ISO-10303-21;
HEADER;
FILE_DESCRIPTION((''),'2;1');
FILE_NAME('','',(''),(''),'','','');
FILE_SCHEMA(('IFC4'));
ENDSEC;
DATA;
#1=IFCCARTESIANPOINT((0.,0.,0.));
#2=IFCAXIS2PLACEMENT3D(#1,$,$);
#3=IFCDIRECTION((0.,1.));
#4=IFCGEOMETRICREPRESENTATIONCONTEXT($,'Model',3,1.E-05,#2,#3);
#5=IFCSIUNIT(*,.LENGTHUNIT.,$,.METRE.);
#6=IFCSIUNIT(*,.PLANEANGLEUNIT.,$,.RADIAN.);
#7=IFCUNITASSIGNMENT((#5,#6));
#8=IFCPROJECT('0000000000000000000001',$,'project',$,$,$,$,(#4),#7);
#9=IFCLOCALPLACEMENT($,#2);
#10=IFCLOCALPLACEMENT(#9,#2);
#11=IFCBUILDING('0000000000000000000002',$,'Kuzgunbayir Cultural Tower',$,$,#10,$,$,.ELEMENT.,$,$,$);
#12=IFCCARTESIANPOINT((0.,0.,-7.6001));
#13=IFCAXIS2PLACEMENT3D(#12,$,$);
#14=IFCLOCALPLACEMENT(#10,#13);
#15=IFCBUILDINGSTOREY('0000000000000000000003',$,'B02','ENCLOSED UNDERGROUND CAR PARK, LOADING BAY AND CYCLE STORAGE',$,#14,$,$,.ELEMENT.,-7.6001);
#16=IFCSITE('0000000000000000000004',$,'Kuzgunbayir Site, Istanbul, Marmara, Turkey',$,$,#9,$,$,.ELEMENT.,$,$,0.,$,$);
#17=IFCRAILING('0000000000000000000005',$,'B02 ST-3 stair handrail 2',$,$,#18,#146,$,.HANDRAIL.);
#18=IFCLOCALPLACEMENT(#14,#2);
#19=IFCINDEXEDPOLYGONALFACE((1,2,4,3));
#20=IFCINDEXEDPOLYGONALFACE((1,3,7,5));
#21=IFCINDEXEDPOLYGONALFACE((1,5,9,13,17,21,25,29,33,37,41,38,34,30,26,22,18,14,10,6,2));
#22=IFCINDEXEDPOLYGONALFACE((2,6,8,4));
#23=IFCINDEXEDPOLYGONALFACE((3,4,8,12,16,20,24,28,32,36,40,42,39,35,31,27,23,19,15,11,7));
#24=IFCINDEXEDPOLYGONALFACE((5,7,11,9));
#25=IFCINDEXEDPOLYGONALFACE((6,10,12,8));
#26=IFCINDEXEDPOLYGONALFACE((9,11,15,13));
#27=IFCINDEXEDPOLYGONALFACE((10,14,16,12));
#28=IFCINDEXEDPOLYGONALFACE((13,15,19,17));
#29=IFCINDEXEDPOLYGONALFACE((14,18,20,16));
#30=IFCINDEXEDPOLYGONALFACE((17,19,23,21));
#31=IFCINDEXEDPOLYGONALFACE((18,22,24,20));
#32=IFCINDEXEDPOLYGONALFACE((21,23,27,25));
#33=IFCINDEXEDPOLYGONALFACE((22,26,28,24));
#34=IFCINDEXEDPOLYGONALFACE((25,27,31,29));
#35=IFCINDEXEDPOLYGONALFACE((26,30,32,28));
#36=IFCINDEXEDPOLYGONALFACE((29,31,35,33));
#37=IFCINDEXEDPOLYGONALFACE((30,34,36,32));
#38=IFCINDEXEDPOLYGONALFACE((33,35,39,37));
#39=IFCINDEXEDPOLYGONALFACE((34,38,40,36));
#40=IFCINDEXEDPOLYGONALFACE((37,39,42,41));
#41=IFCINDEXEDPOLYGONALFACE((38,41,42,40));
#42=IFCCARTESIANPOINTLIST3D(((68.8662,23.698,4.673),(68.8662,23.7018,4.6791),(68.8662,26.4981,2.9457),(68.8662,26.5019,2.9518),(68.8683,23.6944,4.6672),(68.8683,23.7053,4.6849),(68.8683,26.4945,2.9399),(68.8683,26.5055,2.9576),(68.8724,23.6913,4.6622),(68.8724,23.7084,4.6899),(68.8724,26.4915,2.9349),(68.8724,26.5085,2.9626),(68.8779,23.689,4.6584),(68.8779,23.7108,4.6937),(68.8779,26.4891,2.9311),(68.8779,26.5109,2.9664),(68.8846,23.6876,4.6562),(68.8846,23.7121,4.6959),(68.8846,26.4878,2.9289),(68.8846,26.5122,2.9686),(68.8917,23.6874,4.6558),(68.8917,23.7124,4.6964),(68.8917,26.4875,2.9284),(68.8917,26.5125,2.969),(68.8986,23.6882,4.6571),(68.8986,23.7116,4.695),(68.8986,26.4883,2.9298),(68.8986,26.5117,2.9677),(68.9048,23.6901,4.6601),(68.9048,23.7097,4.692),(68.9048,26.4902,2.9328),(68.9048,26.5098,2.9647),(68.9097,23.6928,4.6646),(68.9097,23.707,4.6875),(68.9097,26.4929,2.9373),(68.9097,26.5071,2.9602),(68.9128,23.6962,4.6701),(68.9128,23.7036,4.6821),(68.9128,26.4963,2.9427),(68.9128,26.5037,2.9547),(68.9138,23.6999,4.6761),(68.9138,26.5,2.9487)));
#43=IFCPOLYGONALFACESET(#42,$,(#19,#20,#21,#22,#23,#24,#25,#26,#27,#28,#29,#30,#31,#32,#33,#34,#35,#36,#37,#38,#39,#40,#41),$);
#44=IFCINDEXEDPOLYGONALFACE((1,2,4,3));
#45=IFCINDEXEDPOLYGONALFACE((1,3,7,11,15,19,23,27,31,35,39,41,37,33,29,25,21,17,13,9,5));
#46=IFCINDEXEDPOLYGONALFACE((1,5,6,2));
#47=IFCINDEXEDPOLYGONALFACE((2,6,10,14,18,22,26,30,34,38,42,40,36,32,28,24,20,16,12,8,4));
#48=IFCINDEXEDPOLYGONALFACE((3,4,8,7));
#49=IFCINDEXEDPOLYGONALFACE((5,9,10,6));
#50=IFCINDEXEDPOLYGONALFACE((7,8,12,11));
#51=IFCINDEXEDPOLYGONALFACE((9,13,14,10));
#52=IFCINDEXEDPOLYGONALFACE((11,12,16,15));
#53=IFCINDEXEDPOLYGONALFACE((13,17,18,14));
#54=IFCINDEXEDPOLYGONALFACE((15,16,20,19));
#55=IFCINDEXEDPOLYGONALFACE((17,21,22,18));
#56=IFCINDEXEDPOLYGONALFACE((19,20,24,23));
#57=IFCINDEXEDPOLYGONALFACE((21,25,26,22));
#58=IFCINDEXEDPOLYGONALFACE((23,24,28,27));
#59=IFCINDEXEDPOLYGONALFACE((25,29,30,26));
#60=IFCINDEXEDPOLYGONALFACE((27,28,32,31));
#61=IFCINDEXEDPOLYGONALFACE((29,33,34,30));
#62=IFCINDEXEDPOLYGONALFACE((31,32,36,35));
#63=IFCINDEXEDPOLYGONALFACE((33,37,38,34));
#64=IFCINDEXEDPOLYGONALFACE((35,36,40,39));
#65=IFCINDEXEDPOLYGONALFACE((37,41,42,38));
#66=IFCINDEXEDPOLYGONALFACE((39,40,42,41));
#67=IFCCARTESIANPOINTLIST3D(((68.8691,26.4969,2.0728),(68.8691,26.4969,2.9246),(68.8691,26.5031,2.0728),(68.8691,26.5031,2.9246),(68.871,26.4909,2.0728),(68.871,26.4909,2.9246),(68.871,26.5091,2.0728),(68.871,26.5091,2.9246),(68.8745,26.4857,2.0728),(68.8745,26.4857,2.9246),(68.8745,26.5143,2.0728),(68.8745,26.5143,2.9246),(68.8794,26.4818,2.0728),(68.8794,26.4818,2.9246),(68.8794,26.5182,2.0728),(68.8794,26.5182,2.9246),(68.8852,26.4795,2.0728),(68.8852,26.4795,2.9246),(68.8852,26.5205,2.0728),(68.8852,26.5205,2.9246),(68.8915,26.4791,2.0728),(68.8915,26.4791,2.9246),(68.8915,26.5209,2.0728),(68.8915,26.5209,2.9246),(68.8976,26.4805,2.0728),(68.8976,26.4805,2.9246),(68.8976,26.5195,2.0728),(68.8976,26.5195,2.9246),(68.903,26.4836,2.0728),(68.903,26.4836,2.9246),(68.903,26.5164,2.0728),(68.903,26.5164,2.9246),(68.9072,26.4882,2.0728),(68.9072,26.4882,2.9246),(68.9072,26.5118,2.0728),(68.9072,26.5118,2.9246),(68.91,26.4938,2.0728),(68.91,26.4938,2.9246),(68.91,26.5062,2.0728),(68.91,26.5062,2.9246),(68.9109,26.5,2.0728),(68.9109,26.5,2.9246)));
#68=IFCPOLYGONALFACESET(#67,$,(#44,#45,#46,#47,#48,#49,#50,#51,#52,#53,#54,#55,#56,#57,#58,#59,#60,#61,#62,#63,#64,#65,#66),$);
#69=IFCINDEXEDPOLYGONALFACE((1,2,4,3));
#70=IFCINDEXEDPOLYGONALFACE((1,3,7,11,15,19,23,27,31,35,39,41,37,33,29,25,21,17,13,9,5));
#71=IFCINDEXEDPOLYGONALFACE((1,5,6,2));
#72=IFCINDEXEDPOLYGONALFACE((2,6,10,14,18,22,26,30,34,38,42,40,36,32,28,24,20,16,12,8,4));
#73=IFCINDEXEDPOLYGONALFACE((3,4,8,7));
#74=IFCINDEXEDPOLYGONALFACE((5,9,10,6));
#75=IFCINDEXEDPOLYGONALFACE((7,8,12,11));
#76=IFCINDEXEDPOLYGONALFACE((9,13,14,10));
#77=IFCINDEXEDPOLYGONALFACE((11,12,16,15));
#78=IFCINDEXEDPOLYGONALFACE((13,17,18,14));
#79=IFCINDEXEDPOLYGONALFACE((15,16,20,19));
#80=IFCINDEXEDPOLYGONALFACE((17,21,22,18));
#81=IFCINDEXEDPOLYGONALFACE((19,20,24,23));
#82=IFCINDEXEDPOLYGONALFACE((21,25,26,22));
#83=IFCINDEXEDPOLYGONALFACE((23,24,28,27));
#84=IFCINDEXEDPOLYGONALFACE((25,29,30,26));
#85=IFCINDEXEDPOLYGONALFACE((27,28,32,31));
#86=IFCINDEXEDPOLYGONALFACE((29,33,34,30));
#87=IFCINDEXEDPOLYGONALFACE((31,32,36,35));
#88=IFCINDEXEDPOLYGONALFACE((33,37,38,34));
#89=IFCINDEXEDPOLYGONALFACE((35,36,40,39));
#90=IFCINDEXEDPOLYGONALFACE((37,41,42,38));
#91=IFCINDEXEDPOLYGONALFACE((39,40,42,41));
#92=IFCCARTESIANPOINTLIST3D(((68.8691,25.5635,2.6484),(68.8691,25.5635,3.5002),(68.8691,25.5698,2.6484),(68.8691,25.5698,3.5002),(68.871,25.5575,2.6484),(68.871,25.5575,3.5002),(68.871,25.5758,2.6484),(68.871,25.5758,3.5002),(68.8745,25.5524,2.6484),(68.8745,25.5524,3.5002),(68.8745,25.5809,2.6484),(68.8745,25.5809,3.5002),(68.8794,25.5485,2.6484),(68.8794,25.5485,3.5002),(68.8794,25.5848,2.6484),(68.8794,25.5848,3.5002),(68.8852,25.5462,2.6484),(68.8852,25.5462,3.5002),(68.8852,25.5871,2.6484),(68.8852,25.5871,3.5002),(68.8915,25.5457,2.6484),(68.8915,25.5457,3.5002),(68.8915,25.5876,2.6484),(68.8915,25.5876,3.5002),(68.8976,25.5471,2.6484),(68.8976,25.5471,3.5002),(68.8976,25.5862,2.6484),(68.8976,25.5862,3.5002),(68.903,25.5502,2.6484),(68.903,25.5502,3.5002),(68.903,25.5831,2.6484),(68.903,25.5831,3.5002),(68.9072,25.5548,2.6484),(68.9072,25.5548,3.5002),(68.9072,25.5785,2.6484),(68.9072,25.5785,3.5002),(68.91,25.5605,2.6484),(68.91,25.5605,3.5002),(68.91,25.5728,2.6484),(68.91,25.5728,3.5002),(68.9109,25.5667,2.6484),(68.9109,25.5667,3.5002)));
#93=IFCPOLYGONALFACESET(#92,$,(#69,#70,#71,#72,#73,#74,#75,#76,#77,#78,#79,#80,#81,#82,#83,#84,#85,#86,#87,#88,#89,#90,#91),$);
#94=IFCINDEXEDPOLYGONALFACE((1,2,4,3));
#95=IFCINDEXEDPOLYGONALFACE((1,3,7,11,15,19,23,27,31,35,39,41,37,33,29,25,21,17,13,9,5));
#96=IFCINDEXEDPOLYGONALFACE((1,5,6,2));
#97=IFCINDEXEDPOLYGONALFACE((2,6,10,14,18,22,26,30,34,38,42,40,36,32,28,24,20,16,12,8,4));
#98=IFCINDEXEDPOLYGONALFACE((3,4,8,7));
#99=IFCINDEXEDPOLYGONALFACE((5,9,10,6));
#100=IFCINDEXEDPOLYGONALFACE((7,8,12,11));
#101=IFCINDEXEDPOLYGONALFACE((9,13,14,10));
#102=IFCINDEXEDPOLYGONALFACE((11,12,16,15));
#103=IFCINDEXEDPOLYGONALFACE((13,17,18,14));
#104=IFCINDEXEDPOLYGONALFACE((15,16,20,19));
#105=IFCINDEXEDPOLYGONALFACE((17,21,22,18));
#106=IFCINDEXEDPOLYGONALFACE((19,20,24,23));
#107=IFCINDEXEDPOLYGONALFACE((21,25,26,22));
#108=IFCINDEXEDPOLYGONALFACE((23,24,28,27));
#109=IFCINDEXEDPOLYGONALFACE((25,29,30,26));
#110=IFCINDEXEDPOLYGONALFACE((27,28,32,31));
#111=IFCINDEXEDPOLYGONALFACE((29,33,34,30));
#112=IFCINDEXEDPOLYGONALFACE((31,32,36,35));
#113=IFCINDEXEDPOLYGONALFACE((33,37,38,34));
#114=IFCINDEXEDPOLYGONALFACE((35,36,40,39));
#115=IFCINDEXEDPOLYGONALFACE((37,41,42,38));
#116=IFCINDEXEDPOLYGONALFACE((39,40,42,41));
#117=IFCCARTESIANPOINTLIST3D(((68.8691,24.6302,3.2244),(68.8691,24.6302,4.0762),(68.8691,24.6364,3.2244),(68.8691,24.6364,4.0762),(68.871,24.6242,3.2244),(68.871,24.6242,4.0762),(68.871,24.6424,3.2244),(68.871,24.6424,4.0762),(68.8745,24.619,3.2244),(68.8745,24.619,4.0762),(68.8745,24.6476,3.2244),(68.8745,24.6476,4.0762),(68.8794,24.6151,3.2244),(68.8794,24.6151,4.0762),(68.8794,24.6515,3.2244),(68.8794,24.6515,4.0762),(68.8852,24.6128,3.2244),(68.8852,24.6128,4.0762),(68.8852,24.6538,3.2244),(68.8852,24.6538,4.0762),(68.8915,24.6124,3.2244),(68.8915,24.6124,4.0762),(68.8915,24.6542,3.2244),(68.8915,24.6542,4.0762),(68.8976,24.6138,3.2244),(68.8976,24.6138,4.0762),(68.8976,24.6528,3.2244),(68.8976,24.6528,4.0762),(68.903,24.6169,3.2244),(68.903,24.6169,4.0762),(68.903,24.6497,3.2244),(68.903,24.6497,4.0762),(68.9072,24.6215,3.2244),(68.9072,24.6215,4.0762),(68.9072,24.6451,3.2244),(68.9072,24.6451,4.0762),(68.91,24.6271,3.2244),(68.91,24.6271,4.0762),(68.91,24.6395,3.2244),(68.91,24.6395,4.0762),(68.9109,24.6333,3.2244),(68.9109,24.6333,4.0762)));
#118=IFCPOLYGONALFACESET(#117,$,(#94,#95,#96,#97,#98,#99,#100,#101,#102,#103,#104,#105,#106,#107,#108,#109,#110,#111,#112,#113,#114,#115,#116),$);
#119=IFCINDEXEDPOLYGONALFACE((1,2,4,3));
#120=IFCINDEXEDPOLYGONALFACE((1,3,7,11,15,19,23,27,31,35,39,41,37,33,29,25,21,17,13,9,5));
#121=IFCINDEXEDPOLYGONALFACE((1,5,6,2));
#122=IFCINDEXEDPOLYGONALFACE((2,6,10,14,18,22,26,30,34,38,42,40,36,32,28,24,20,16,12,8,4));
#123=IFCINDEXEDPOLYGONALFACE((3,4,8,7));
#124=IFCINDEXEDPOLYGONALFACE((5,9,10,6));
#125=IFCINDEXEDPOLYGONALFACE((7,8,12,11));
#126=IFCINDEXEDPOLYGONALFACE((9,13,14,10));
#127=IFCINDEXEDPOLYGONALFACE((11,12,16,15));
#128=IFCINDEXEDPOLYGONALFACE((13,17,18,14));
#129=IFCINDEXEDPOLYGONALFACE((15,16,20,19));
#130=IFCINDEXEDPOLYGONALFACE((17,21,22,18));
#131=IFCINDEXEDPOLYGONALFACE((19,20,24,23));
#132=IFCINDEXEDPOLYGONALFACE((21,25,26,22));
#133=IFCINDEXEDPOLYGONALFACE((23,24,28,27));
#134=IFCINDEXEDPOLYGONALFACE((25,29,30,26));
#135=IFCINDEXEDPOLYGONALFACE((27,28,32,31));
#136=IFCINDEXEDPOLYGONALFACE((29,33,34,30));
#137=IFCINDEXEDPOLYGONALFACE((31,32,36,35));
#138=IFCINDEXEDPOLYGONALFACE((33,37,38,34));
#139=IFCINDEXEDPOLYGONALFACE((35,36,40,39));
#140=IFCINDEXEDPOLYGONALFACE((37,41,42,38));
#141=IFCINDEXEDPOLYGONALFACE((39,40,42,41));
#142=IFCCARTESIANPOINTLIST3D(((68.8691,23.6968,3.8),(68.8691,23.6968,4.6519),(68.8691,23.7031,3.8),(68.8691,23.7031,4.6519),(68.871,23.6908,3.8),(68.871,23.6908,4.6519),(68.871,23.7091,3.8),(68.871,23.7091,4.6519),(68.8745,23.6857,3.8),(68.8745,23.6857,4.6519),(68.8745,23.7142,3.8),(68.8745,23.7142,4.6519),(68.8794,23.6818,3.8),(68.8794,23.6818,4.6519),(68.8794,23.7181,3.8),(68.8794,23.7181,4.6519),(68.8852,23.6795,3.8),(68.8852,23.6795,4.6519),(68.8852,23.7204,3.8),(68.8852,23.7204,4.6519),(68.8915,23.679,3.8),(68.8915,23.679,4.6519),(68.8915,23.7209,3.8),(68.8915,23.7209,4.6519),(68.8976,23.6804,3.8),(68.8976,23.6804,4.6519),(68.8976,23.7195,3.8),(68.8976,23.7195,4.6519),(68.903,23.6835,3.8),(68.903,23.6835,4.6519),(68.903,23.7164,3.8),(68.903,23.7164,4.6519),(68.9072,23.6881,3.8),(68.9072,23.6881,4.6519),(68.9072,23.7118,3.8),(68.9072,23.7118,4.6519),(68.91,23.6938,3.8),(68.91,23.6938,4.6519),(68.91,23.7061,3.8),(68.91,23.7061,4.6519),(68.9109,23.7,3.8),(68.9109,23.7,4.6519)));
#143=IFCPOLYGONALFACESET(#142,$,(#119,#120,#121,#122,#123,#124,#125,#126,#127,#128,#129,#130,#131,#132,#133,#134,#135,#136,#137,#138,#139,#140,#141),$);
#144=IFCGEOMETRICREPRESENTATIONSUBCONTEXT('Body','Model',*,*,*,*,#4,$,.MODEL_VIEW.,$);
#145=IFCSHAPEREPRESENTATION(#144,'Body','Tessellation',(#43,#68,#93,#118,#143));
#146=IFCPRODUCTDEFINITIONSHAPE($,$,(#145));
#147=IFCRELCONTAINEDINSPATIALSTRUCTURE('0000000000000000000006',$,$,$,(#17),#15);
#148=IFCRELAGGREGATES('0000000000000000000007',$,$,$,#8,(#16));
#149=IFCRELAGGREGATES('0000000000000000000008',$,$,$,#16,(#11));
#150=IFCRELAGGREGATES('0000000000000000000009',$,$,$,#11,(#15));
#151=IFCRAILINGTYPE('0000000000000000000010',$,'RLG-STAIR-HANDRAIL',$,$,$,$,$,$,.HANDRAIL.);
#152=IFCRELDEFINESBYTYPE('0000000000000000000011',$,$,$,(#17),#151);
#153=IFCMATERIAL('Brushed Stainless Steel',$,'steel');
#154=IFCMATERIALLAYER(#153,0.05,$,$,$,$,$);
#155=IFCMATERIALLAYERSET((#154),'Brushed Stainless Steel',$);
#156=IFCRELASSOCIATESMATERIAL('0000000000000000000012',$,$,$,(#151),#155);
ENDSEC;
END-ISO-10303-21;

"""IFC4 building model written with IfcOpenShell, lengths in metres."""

from ifc_helpers import new_model, si_unit, direction, frame, origin, origin_2d, place, context, subcontext, project, spatial, circle, extrude, material, layer, layer_set, type_object, element, save


model = new_model("IFC4")

# Units and contexts
model_context = context("Model", 3, precision=1e-05, world=origin(), true_north=direction((0.0, 1.0)))
body_context = subcontext(model_context, "Body", "Model", "MODEL_VIEW")
ifc_project = project(units=[si_unit("LENGTHUNIT", "METRE"), si_unit("PLANEANGLEUNIT", "RADIAN")], contexts=[model_context])

# Site, building, storey
site_placement = place(None, origin())
site = spatial("IfcSite", under=ifc_project, at=site_placement, Name="Kuzgunbayir Site, Istanbul, Marmara, Turkey", CompositionType="ELEMENT", RefElevation=0.0)
building_placement = place(site_placement, origin())
building = spatial("IfcBuilding", under=site, at=building_placement, Name="Kuzgunbayir Cultural Tower", CompositionType="ELEMENT")
storey_placement = place(building_placement, frame((0.0, 0.0, -7.6001)))
storey = spatial("IfcBuildingStorey", under=building, at=storey_placement, Name="B02", Description="ENCLOSED UNDERGROUND CAR PARK, LOADING BAY AND CYCLE STORAGE", CompositionType="ELEMENT", Elevation=-7.6001)

# Railing
ifc_material_1 = material(Name="Brushed Stainless Steel", Category="steel")
ifc_layer_1 = layer(ifc_material_1, 0.05)
ifc_layer_set_1 = layer_set([ifc_layer_1], Name="Brushed Stainless Steel")
railing_type_1 = type_object("IfcRailingType", Name="RLG-STAIR-HANDRAIL", PredefinedType="HANDRAIL", material=ifc_layer_set_1)
railing_1_placement = place(storey_placement, frame((68.8899, 26.5, 2.0728)))
element("IfcRailing", 1, at=railing_1_placement, inside=storey, type_object=railing_type_1, Name="B02 ST-3 stair handrail 2", PredefinedType="HANDRAIL", context=body_context, shape_type="SweptSolid", body=[
    extrude(circle(Radius=0.0239, at=origin_2d()), frame((0.0, 0.0, 0.876), z_axis=(0.0, -0.85109, 0.52502), x_axis=(1.0, 0.0, 0.0)), (0.0, 0.0, 1.0), 3.29),
    extrude(circle(Radius=0.021, at=origin_2d()), origin(), (0.0, 0.0, 1.0), 0.8518),
    extrude(circle(Radius=0.021, at=origin_2d()), frame((0.0, -0.9333, 0.5757)), (0.0, 0.0, 1.0), 0.8518),
    extrude(circle(Radius=0.021, at=origin_2d()), frame((0.0, -1.8667, 1.1516)), (0.0, 0.0, 1.0), 0.8518),
    extrude(circle(Radius=0.021, at=origin_2d()), frame((0.0, -2.8, 1.7273)), (0.0, 0.0, 1.0), 0.8518),
])

save(model, "model.ifc")
